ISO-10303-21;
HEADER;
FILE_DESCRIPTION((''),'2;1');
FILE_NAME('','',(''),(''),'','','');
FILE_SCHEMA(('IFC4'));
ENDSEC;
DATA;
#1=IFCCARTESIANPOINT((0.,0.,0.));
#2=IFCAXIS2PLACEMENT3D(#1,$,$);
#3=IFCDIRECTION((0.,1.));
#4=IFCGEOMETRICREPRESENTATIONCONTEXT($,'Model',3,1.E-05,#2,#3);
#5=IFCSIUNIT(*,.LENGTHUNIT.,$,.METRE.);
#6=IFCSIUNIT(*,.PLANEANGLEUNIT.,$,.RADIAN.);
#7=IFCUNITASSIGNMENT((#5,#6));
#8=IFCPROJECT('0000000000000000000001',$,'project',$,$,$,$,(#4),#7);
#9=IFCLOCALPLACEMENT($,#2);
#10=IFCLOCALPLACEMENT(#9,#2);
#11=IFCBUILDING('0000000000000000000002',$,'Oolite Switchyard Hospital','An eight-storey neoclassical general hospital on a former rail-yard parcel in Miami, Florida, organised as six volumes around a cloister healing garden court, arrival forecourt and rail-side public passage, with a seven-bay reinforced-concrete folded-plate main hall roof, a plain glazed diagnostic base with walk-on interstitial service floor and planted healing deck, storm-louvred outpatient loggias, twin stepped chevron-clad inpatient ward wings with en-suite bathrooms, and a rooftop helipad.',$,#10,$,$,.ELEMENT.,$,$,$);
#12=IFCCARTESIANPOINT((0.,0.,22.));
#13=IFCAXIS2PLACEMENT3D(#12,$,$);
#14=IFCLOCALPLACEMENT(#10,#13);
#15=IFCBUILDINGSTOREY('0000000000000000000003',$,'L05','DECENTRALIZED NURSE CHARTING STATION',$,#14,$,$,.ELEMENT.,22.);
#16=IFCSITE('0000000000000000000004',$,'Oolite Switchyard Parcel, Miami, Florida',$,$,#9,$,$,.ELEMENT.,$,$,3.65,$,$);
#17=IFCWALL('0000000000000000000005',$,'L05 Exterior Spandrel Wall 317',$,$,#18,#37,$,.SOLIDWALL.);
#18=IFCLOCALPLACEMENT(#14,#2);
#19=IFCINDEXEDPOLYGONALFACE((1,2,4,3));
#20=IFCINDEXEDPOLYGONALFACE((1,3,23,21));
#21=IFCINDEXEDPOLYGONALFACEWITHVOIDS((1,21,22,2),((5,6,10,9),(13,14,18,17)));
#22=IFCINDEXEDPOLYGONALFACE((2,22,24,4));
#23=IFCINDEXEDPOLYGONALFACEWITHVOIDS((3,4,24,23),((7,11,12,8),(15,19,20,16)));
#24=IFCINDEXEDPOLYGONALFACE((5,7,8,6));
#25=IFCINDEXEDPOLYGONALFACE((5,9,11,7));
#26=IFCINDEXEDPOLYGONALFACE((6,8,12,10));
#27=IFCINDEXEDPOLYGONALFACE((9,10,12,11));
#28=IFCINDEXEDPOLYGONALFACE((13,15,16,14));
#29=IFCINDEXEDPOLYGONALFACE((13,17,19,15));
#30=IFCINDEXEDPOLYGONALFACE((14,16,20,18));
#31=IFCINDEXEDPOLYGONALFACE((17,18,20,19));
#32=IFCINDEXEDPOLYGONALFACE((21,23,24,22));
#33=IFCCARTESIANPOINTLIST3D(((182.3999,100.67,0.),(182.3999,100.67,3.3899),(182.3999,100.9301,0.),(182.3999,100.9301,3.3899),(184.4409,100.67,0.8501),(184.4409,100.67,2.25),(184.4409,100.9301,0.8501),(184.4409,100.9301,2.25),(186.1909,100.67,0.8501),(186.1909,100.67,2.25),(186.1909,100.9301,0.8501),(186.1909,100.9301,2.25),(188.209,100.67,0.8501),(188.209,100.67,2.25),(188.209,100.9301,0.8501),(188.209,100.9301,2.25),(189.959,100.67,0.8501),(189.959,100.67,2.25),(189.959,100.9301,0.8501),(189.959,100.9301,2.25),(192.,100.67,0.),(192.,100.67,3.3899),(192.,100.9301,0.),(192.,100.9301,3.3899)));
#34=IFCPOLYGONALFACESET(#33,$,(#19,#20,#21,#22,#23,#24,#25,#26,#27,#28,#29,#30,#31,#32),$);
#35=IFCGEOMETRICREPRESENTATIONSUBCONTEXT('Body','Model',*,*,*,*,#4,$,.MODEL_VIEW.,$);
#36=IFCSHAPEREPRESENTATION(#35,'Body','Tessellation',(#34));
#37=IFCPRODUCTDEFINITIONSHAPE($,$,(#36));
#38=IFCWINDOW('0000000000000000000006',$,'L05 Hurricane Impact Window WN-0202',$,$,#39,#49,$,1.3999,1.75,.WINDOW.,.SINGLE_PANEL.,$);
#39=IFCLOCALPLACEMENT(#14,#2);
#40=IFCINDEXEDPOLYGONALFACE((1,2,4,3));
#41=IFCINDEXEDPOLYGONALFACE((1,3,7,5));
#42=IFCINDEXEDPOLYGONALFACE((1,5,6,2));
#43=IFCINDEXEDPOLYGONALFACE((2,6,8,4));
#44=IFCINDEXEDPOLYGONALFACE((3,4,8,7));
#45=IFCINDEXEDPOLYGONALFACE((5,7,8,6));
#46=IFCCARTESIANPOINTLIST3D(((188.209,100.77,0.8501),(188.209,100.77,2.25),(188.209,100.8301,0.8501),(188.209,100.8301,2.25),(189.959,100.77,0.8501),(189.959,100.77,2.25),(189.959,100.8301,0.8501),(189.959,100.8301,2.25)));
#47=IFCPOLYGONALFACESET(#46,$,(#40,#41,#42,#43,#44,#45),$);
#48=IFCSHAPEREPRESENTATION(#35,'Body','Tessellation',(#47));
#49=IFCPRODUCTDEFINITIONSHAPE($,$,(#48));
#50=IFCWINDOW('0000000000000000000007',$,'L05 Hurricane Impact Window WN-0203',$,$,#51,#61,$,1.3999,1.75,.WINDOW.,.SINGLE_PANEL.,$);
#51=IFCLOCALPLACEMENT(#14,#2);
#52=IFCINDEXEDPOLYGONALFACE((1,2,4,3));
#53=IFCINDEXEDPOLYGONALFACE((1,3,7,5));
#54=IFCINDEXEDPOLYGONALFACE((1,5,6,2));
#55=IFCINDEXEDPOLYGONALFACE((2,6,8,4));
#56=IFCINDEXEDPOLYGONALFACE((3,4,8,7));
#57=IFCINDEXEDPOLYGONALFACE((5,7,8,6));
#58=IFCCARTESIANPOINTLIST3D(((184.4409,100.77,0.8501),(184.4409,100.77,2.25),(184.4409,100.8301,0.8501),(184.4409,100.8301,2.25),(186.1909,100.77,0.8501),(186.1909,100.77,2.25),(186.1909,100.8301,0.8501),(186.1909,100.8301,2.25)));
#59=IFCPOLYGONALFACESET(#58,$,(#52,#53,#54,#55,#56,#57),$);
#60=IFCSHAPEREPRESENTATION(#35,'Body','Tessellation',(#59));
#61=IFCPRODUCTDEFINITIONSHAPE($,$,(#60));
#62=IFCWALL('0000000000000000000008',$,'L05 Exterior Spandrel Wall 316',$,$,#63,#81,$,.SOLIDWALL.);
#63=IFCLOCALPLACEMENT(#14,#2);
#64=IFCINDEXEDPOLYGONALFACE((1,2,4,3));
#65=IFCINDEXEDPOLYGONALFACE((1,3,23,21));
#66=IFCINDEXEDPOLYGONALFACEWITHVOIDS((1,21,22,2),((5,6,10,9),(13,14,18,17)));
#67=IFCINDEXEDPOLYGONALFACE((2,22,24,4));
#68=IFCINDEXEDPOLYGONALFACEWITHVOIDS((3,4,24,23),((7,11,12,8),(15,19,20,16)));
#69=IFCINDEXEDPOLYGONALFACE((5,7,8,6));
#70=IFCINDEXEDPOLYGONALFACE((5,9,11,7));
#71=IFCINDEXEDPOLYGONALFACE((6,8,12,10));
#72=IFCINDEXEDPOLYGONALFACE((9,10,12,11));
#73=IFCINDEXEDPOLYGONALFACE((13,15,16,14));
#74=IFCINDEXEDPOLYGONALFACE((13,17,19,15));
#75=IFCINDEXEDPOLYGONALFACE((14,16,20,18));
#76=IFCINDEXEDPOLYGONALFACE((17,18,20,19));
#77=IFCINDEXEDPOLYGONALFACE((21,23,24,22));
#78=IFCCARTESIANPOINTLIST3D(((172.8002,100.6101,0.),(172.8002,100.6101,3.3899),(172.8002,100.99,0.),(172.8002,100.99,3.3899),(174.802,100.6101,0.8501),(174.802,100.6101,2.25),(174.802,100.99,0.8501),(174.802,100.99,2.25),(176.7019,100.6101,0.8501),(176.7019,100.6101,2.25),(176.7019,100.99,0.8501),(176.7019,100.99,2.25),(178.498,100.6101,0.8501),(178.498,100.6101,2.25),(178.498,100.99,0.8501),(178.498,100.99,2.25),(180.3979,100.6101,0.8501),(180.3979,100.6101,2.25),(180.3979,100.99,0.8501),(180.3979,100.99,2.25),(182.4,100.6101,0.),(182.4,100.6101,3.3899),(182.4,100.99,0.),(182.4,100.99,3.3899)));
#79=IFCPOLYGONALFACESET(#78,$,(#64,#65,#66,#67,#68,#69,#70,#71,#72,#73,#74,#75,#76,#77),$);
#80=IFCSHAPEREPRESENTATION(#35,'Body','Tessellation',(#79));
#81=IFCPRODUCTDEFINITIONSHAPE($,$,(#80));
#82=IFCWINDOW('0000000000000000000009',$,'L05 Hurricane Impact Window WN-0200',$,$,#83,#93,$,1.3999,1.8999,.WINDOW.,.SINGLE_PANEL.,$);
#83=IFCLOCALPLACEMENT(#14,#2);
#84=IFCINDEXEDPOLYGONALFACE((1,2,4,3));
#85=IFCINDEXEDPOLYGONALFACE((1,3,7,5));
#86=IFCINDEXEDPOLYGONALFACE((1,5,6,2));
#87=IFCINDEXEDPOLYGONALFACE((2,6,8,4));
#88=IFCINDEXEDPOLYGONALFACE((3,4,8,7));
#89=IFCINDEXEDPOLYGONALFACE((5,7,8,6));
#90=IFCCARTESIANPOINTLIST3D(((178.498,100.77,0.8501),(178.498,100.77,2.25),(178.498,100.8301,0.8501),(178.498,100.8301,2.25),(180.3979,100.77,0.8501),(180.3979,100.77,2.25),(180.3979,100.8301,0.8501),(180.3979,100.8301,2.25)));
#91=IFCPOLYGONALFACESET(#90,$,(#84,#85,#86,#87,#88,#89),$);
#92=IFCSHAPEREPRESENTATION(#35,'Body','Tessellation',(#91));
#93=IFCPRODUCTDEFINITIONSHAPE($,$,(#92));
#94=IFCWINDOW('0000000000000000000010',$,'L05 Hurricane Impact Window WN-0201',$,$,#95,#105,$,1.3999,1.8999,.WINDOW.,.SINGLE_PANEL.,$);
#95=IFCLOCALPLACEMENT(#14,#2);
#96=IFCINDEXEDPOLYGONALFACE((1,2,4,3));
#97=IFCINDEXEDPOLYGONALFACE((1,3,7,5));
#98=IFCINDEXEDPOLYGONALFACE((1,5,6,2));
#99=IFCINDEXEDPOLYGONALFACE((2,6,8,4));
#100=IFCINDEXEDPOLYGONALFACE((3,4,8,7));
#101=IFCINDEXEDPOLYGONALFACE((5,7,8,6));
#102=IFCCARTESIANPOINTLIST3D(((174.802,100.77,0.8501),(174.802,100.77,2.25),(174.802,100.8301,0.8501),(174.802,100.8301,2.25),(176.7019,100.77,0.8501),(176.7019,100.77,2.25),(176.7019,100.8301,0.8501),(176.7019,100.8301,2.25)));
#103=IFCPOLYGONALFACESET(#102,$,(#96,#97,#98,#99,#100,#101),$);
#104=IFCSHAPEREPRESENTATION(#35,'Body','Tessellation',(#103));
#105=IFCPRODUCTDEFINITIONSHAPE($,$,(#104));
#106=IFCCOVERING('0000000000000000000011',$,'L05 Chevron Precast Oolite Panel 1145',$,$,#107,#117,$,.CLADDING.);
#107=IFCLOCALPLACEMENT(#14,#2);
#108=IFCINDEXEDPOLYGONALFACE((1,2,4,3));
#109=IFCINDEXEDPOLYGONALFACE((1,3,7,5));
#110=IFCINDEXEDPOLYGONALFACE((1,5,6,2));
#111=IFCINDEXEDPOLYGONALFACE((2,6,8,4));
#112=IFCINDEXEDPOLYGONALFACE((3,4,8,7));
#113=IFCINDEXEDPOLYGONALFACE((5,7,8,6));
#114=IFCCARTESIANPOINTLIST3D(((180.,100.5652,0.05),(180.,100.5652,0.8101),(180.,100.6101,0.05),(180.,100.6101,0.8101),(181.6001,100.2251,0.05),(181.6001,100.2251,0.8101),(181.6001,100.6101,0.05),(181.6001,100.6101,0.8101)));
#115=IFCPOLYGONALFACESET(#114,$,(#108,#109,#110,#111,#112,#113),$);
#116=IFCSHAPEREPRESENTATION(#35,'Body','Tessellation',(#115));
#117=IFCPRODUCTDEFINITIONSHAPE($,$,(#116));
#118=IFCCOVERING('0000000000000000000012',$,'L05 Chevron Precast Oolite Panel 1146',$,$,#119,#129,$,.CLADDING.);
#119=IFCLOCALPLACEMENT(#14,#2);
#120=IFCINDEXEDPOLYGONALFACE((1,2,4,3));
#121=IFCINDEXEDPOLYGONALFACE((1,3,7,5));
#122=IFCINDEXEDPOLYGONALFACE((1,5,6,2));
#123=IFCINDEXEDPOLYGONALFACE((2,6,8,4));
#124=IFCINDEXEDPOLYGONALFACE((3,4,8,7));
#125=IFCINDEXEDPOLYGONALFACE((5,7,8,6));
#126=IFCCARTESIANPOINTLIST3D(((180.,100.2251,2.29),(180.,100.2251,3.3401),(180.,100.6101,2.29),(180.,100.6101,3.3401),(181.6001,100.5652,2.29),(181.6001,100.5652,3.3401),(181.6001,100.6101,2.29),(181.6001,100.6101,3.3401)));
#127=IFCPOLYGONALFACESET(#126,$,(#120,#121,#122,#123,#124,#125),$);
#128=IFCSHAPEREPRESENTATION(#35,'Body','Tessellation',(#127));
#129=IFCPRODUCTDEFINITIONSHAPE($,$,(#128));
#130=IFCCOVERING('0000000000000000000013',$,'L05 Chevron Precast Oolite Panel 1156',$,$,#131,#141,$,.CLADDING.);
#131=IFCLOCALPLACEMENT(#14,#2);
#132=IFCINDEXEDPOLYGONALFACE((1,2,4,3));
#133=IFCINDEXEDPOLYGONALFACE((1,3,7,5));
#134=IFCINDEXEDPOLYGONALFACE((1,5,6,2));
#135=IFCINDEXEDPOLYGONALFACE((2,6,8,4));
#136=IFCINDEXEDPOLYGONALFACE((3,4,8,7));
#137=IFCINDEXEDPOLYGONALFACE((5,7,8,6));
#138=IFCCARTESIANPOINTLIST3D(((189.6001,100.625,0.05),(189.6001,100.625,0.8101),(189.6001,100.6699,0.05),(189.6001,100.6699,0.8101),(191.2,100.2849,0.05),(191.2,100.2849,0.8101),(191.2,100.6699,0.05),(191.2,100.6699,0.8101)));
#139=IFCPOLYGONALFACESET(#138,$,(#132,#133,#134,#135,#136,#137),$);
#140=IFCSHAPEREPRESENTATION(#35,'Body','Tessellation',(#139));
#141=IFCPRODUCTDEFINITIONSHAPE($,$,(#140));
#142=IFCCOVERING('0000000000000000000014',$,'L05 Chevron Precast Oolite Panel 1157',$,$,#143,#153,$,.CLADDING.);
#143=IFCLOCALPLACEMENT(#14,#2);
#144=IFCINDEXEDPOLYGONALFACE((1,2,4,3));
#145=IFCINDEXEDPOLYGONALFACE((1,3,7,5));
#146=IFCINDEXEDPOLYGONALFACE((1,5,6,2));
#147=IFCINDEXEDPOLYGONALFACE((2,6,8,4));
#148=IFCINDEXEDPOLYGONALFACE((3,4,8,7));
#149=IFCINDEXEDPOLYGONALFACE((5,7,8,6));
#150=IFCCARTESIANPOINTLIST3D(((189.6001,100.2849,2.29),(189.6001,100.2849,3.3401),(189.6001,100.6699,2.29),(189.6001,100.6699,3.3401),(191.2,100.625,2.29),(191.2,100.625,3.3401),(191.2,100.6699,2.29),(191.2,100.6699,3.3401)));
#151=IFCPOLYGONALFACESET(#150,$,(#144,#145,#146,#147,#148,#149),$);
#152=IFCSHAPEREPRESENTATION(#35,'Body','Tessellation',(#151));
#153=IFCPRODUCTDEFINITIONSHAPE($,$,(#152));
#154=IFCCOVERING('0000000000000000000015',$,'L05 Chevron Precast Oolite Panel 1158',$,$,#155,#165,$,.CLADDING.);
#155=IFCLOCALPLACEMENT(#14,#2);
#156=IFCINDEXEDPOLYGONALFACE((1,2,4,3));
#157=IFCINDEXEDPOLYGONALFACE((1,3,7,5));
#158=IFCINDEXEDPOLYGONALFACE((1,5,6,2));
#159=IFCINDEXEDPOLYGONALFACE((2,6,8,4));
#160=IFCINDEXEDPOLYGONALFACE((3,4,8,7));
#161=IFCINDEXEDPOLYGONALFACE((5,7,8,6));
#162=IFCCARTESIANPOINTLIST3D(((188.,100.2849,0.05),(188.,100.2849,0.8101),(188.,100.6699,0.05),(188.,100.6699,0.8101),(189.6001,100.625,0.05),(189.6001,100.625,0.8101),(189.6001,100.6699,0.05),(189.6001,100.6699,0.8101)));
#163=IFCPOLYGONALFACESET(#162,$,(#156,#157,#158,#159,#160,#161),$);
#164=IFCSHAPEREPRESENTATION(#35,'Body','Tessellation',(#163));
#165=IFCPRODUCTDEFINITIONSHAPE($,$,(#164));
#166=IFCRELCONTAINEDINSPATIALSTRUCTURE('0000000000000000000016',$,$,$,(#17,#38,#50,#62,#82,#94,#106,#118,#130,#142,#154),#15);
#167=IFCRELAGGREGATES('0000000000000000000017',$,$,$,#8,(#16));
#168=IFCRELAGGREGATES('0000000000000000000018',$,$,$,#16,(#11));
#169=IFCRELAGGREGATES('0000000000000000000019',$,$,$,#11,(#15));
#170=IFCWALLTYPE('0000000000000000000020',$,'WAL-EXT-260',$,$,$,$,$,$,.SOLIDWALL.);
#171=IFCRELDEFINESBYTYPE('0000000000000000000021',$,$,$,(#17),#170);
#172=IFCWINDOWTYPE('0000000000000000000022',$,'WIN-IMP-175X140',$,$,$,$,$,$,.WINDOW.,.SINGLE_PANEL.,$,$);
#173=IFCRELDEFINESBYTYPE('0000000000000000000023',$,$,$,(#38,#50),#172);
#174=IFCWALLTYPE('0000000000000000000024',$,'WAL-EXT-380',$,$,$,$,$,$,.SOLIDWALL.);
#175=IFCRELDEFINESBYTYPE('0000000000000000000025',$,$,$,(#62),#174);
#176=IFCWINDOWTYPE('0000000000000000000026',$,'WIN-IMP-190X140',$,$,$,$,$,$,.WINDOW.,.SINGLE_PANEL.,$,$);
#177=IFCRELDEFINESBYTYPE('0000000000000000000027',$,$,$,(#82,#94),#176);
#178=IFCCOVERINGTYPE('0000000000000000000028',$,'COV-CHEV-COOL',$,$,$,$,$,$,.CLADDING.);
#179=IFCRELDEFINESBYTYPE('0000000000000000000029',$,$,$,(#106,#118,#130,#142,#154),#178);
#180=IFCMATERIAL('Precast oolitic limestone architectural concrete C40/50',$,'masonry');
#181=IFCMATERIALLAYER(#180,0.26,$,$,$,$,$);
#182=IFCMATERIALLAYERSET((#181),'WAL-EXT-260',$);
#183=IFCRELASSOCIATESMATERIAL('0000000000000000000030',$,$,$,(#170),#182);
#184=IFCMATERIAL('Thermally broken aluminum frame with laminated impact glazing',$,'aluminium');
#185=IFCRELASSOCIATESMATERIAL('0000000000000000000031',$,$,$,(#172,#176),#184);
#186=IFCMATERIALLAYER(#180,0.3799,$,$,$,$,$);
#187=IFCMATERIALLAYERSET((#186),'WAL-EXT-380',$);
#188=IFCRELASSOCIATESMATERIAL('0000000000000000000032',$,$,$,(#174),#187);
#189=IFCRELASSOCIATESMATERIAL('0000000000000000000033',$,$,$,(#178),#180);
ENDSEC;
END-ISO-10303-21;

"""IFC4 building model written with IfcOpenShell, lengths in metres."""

from ifc_helpers import new_model, si_unit, direction, frame, frame_2d, origin, place, context, subcontext, project, spatial, polyline, rectangle, outline, extrude, material, layer, layer_set, type_object, element, fill, save


model = new_model("IFC4")

# Units and contexts
model_context = context("Model", 3, precision=1e-05, world=origin(), true_north=direction((0.0, 1.0)))
body_context = subcontext(model_context, "Body", "Model", "MODEL_VIEW")
ifc_project = project(units=[si_unit("LENGTHUNIT", "METRE"), si_unit("PLANEANGLEUNIT", "RADIAN")], contexts=[model_context])

# Site, building, storey
site_placement = place(None, origin())
site = spatial("IfcSite", under=ifc_project, at=site_placement, Name="Oolite Switchyard Parcel, Miami, Florida", CompositionType="ELEMENT", RefElevation=3.65)
building_placement = place(site_placement, origin())
building = spatial("IfcBuilding", under=site, at=building_placement, Name="Oolite Switchyard Hospital", Description="An eight-storey neoclassical general hospital on a former rail-yard parcel in Miami, Florida, organised as six volumes around a cloister healing garden court, arrival forecourt and rail-side public passage, with a seven-bay reinforced-concrete folded-plate main hall roof, a plain glazed diagnostic base with walk-on interstitial service floor and planted healing deck, storm-louvred outpatient loggias, twin stepped chevron-clad inpatient ward wings with en-suite bathrooms, and a rooftop helipad.", CompositionType="ELEMENT")
storey_placement = place(building_placement, frame((0.0, 0.0, 22.0)))
storey = spatial("IfcBuildingStorey", under=building, at=storey_placement, Name="L05", Description="DECENTRALIZED NURSE CHARTING STATION", CompositionType="ELEMENT", Elevation=22.0)

# Walls, openings, windows
ifc_material_1 = material(Name="Precast oolitic limestone architectural concrete C40/50", Category="masonry")
ifc_layer_1 = layer(ifc_material_1, 0.26)
ifc_layer_set_1 = layer_set([ifc_layer_1], Name="WAL-EXT-260")
wall_type_1 = type_object("IfcWallType", Name="WAL-EXT-260", PredefinedType="SOLIDWALL", material=ifc_layer_set_1)
wall_1_placement = place(storey_placement, frame((192.0, 100.8, 0.0), z_axis=(0.0, 0.0, 1.0), x_axis=(-1.0, 0.0, 0.0)))
wall_1 = element("IfcWall", 1, at=wall_1_placement, inside=storey, type_object=wall_type_1, Name="L05 Exterior Spandrel Wall 317", PredefinedType="SOLIDWALL", context=body_context, shape_type="SweptSolid", body=[
    extrude(rectangle(XDim=9.6001, YDim=0.26, at=frame_2d((4.8, 0.0))), origin(), (0.0, 0.0, 1.0), 3.3899),
])
opening_1_placement = place(wall_1_placement, frame((2.041, 0.0, 0.8501)))
opening_1 = element("IfcOpeningElement", 2, at=opening_1_placement, cuts=wall_1, PredefinedType="OPENING", context=body_context, shape_type="SweptSolid", body=[
    extrude(rectangle(XDim=1.75, YDim=1.3999, at=frame_2d((0.875, 0.7))), frame((0.0, 0.1401, 0.0), z_axis=(0.0, -1.0, 0.0), x_axis=(1.0, 0.0, 0.0)), (0.0, 0.0, 1.0), 0.28),
])
opening_2_placement = place(wall_1_placement, frame((5.8091, 0.0, 0.8501)))
opening_2 = element("IfcOpeningElement", 3, at=opening_2_placement, cuts=wall_1, PredefinedType="OPENING", context=body_context, shape_type="SweptSolid", body=[
    extrude(rectangle(XDim=1.75, YDim=1.3999, at=frame_2d((0.875, 0.7))), frame((0.0, 0.1401, 0.0), z_axis=(0.0, -1.0, 0.0), x_axis=(1.0, 0.0, 0.0)), (0.0, 0.0, 1.0), 0.28),
])
ifc_material_2 = material(Name="Thermally broken aluminum frame with laminated impact glazing", Category="aluminium")
window_type_1 = type_object("IfcWindowType", Name="WIN-IMP-175X140", PartitioningType="SINGLE_PANEL", PredefinedType="WINDOW", material=ifc_material_2)
window_1_placement = place(opening_1_placement, origin())
window_1 = element("IfcWindow", 4, at=window_1_placement, inside=storey, type_object=window_type_1, Name="L05 Hurricane Impact Window WN-0202", OverallHeight=1.3999, OverallWidth=1.75, PartitioningType="SINGLE_PANEL", PredefinedType="WINDOW", context=body_context, shape_type="SweptSolid", body=[
    extrude(rectangle(XDim=1.75, YDim=1.3999, at=frame_2d((0.875, 0.7))), frame((0.0, 0.03, 0.0), z_axis=(0.0, -1.0, 0.0), x_axis=(1.0, 0.0, 0.0)), (0.0, 0.0, 1.0), 0.0601),
])
fill(opening_1, window_1)
window_2_placement = place(opening_2_placement, origin())
window_2 = element("IfcWindow", 5, at=window_2_placement, inside=storey, type_object=window_type_1, Name="L05 Hurricane Impact Window WN-0203", OverallHeight=1.3999, OverallWidth=1.75, PartitioningType="SINGLE_PANEL", PredefinedType="WINDOW", context=body_context, shape_type="SweptSolid", body=[
    extrude(rectangle(XDim=1.75, YDim=1.3999, at=frame_2d((0.875, 0.7))), frame((0.0, 0.03, 0.0), z_axis=(0.0, -1.0, 0.0), x_axis=(1.0, 0.0, 0.0)), (0.0, 0.0, 1.0), 0.0601),
])
fill(opening_2, window_2)
ifc_layer_2 = layer(ifc_material_1, 0.3799)
ifc_layer_set_2 = layer_set([ifc_layer_2], Name="WAL-EXT-380")
wall_type_2 = type_object("IfcWallType", Name="WAL-EXT-380", PredefinedType="SOLIDWALL", material=ifc_layer_set_2)
wall_2_placement = place(storey_placement, frame((182.3999, 100.8, 0.0), z_axis=(0.0, 0.0, 1.0), x_axis=(-1.0, 0.0, 0.0)))
wall_2 = element("IfcWall", 6, at=wall_2_placement, inside=storey, type_object=wall_type_2, Name="L05 Exterior Spandrel Wall 316", PredefinedType="SOLIDWALL", context=body_context, shape_type="SweptSolid", body=[
    extrude(rectangle(XDim=9.5999, YDim=0.3799, at=frame_2d((4.7998, 0.0))), origin(), (0.0, 0.0, 1.0), 3.3899),
])
opening_3_placement = place(wall_2_placement, frame((2.002, 0.0, 0.8501)))
opening_3 = element("IfcOpeningElement", 7, at=opening_3_placement, cuts=wall_2, PredefinedType="OPENING", context=body_context, shape_type="SweptSolid", body=[
    extrude(rectangle(XDim=1.8999, YDim=1.3999, at=frame_2d((0.95, 0.7))), frame((0.0, 0.2, 0.0), z_axis=(0.0, -1.0, 0.0), x_axis=(1.0, 0.0, 0.0)), (0.0, 0.0, 1.0), 0.3999),
])
opening_4_placement = place(wall_2_placement, frame((5.698, 0.0, 0.8501)))
opening_4 = element("IfcOpeningElement", 8, at=opening_4_placement, cuts=wall_2, PredefinedType="OPENING", context=body_context, shape_type="SweptSolid", body=[
    extrude(rectangle(XDim=1.8999, YDim=1.3999, at=frame_2d((0.95, 0.7))), frame((0.0, 0.2, 0.0), z_axis=(0.0, -1.0, 0.0), x_axis=(1.0, 0.0, 0.0)), (0.0, 0.0, 1.0), 0.3999),
])
window_type_2 = type_object("IfcWindowType", Name="WIN-IMP-190X140", PartitioningType="SINGLE_PANEL", PredefinedType="WINDOW", material=ifc_material_2)
window_3_placement = place(opening_3_placement, origin())
window_3 = element("IfcWindow", 9, at=window_3_placement, inside=storey, type_object=window_type_2, Name="L05 Hurricane Impact Window WN-0200", OverallHeight=1.3999, OverallWidth=1.8999, PartitioningType="SINGLE_PANEL", PredefinedType="WINDOW", context=body_context, shape_type="SweptSolid", body=[
    extrude(rectangle(XDim=1.8999, YDim=1.3999, at=frame_2d((0.95, 0.7))), frame((0.0, 0.03, 0.0), z_axis=(0.0, -1.0, 0.0), x_axis=(1.0, 0.0, 0.0)), (0.0, 0.0, 1.0), 0.0601),
])
fill(opening_3, window_3)
window_4_placement = place(opening_4_placement, origin())
window_4 = element("IfcWindow", 10, at=window_4_placement, inside=storey, type_object=window_type_2, Name="L05 Hurricane Impact Window WN-0201", OverallHeight=1.3999, OverallWidth=1.8999, PartitioningType="SINGLE_PANEL", PredefinedType="WINDOW", context=body_context, shape_type="SweptSolid", body=[
    extrude(rectangle(XDim=1.8999, YDim=1.3999, at=frame_2d((0.95, 0.7))), frame((0.0, 0.03, 0.0), z_axis=(0.0, -1.0, 0.0), x_axis=(1.0, 0.0, 0.0)), (0.0, 0.0, 1.0), 0.0601),
])
fill(opening_4, window_4)

# Coverings
covering_type = type_object("IfcCoveringType", Name="COV-CHEV-COOL", PredefinedType="CLADDING", material=ifc_material_1)
covering_1_placement = place(storey_placement, frame((181.6001, 100.6101, 0.05), z_axis=(0.0, 0.0, 1.0), x_axis=(-1.0, 0.0, 0.0)))
element("IfcCovering", 11, at=covering_1_placement, inside=storey, type_object=covering_type, Name="L05 Chevron Precast Oolite Panel 1145", PredefinedType="CLADDING", context=body_context, shape_type="SweptSolid", body=[
    extrude(outline(polyline([(0.0, 0.0), (1.6001, 0.0), (1.6001, 0.0449), (0.0, 0.385), (0.0, 0.0)])), origin(), (0.0, 0.0, 1.0), 0.76),
])
covering_2_placement = place(storey_placement, frame((181.6001, 100.6101, 2.29), z_axis=(0.0, 0.0, 1.0), x_axis=(-1.0, 0.0, 0.0)))
element("IfcCovering", 12, at=covering_2_placement, inside=storey, type_object=covering_type, Name="L05 Chevron Precast Oolite Panel 1146", PredefinedType="CLADDING", context=body_context, shape_type="SweptSolid", body=[
    extrude(outline(polyline([(0.0, 0.0), (1.6001, 0.0), (1.6001, 0.385), (0.0, 0.0449), (0.0, 0.0)])), origin(), (0.0, 0.0, 1.0), 1.05),
])
covering_3_placement = place(storey_placement, frame((191.2, 100.6699, 0.05), z_axis=(0.0, 0.0, 1.0), x_axis=(-1.0, 0.0, 0.0)))
element("IfcCovering", 13, at=covering_3_placement, inside=storey, type_object=covering_type, Name="L05 Chevron Precast Oolite Panel 1156", PredefinedType="CLADDING", context=body_context, shape_type="SweptSolid", body=[
    extrude(outline(polyline([(0.0, 0.0), (1.5999, 0.0), (1.5999, 0.0449), (0.0, 0.385), (0.0, 0.0)])), origin(), (0.0, 0.0, 1.0), 0.76),
])
covering_4_placement = place(storey_placement, frame((191.2, 100.6699, 2.29), z_axis=(0.0, 0.0, 1.0), x_axis=(-1.0, 0.0, 0.0)))
element("IfcCovering", 14, at=covering_4_placement, inside=storey, type_object=covering_type, Name="L05 Chevron Precast Oolite Panel 1157", PredefinedType="CLADDING", context=body_context, shape_type="SweptSolid", body=[
    extrude(outline(polyline([(0.0, 0.0), (1.5999, 0.0), (1.5999, 0.385), (0.0, 0.0449), (0.0, 0.0)])), origin(), (0.0, 0.0, 1.0), 1.05),
])
covering_5_placement = place(storey_placement, frame((189.6001, 100.6699, 0.05), z_axis=(0.0, 0.0, 1.0), x_axis=(-1.0, 0.0, 0.0)))
element("IfcCovering", 15, at=covering_5_placement, inside=storey, type_object=covering_type, Name="L05 Chevron Precast Oolite Panel 1158", PredefinedType="CLADDING", context=body_context, shape_type="SweptSolid", body=[
    extrude(outline(polyline([(0.0, 0.0), (1.6001, 0.0), (1.6001, 0.385), (0.0, 0.0449), (0.0, 0.0)])), origin(), (0.0, 0.0, 1.0), 0.76),
])

save(model, "model.ifc")
